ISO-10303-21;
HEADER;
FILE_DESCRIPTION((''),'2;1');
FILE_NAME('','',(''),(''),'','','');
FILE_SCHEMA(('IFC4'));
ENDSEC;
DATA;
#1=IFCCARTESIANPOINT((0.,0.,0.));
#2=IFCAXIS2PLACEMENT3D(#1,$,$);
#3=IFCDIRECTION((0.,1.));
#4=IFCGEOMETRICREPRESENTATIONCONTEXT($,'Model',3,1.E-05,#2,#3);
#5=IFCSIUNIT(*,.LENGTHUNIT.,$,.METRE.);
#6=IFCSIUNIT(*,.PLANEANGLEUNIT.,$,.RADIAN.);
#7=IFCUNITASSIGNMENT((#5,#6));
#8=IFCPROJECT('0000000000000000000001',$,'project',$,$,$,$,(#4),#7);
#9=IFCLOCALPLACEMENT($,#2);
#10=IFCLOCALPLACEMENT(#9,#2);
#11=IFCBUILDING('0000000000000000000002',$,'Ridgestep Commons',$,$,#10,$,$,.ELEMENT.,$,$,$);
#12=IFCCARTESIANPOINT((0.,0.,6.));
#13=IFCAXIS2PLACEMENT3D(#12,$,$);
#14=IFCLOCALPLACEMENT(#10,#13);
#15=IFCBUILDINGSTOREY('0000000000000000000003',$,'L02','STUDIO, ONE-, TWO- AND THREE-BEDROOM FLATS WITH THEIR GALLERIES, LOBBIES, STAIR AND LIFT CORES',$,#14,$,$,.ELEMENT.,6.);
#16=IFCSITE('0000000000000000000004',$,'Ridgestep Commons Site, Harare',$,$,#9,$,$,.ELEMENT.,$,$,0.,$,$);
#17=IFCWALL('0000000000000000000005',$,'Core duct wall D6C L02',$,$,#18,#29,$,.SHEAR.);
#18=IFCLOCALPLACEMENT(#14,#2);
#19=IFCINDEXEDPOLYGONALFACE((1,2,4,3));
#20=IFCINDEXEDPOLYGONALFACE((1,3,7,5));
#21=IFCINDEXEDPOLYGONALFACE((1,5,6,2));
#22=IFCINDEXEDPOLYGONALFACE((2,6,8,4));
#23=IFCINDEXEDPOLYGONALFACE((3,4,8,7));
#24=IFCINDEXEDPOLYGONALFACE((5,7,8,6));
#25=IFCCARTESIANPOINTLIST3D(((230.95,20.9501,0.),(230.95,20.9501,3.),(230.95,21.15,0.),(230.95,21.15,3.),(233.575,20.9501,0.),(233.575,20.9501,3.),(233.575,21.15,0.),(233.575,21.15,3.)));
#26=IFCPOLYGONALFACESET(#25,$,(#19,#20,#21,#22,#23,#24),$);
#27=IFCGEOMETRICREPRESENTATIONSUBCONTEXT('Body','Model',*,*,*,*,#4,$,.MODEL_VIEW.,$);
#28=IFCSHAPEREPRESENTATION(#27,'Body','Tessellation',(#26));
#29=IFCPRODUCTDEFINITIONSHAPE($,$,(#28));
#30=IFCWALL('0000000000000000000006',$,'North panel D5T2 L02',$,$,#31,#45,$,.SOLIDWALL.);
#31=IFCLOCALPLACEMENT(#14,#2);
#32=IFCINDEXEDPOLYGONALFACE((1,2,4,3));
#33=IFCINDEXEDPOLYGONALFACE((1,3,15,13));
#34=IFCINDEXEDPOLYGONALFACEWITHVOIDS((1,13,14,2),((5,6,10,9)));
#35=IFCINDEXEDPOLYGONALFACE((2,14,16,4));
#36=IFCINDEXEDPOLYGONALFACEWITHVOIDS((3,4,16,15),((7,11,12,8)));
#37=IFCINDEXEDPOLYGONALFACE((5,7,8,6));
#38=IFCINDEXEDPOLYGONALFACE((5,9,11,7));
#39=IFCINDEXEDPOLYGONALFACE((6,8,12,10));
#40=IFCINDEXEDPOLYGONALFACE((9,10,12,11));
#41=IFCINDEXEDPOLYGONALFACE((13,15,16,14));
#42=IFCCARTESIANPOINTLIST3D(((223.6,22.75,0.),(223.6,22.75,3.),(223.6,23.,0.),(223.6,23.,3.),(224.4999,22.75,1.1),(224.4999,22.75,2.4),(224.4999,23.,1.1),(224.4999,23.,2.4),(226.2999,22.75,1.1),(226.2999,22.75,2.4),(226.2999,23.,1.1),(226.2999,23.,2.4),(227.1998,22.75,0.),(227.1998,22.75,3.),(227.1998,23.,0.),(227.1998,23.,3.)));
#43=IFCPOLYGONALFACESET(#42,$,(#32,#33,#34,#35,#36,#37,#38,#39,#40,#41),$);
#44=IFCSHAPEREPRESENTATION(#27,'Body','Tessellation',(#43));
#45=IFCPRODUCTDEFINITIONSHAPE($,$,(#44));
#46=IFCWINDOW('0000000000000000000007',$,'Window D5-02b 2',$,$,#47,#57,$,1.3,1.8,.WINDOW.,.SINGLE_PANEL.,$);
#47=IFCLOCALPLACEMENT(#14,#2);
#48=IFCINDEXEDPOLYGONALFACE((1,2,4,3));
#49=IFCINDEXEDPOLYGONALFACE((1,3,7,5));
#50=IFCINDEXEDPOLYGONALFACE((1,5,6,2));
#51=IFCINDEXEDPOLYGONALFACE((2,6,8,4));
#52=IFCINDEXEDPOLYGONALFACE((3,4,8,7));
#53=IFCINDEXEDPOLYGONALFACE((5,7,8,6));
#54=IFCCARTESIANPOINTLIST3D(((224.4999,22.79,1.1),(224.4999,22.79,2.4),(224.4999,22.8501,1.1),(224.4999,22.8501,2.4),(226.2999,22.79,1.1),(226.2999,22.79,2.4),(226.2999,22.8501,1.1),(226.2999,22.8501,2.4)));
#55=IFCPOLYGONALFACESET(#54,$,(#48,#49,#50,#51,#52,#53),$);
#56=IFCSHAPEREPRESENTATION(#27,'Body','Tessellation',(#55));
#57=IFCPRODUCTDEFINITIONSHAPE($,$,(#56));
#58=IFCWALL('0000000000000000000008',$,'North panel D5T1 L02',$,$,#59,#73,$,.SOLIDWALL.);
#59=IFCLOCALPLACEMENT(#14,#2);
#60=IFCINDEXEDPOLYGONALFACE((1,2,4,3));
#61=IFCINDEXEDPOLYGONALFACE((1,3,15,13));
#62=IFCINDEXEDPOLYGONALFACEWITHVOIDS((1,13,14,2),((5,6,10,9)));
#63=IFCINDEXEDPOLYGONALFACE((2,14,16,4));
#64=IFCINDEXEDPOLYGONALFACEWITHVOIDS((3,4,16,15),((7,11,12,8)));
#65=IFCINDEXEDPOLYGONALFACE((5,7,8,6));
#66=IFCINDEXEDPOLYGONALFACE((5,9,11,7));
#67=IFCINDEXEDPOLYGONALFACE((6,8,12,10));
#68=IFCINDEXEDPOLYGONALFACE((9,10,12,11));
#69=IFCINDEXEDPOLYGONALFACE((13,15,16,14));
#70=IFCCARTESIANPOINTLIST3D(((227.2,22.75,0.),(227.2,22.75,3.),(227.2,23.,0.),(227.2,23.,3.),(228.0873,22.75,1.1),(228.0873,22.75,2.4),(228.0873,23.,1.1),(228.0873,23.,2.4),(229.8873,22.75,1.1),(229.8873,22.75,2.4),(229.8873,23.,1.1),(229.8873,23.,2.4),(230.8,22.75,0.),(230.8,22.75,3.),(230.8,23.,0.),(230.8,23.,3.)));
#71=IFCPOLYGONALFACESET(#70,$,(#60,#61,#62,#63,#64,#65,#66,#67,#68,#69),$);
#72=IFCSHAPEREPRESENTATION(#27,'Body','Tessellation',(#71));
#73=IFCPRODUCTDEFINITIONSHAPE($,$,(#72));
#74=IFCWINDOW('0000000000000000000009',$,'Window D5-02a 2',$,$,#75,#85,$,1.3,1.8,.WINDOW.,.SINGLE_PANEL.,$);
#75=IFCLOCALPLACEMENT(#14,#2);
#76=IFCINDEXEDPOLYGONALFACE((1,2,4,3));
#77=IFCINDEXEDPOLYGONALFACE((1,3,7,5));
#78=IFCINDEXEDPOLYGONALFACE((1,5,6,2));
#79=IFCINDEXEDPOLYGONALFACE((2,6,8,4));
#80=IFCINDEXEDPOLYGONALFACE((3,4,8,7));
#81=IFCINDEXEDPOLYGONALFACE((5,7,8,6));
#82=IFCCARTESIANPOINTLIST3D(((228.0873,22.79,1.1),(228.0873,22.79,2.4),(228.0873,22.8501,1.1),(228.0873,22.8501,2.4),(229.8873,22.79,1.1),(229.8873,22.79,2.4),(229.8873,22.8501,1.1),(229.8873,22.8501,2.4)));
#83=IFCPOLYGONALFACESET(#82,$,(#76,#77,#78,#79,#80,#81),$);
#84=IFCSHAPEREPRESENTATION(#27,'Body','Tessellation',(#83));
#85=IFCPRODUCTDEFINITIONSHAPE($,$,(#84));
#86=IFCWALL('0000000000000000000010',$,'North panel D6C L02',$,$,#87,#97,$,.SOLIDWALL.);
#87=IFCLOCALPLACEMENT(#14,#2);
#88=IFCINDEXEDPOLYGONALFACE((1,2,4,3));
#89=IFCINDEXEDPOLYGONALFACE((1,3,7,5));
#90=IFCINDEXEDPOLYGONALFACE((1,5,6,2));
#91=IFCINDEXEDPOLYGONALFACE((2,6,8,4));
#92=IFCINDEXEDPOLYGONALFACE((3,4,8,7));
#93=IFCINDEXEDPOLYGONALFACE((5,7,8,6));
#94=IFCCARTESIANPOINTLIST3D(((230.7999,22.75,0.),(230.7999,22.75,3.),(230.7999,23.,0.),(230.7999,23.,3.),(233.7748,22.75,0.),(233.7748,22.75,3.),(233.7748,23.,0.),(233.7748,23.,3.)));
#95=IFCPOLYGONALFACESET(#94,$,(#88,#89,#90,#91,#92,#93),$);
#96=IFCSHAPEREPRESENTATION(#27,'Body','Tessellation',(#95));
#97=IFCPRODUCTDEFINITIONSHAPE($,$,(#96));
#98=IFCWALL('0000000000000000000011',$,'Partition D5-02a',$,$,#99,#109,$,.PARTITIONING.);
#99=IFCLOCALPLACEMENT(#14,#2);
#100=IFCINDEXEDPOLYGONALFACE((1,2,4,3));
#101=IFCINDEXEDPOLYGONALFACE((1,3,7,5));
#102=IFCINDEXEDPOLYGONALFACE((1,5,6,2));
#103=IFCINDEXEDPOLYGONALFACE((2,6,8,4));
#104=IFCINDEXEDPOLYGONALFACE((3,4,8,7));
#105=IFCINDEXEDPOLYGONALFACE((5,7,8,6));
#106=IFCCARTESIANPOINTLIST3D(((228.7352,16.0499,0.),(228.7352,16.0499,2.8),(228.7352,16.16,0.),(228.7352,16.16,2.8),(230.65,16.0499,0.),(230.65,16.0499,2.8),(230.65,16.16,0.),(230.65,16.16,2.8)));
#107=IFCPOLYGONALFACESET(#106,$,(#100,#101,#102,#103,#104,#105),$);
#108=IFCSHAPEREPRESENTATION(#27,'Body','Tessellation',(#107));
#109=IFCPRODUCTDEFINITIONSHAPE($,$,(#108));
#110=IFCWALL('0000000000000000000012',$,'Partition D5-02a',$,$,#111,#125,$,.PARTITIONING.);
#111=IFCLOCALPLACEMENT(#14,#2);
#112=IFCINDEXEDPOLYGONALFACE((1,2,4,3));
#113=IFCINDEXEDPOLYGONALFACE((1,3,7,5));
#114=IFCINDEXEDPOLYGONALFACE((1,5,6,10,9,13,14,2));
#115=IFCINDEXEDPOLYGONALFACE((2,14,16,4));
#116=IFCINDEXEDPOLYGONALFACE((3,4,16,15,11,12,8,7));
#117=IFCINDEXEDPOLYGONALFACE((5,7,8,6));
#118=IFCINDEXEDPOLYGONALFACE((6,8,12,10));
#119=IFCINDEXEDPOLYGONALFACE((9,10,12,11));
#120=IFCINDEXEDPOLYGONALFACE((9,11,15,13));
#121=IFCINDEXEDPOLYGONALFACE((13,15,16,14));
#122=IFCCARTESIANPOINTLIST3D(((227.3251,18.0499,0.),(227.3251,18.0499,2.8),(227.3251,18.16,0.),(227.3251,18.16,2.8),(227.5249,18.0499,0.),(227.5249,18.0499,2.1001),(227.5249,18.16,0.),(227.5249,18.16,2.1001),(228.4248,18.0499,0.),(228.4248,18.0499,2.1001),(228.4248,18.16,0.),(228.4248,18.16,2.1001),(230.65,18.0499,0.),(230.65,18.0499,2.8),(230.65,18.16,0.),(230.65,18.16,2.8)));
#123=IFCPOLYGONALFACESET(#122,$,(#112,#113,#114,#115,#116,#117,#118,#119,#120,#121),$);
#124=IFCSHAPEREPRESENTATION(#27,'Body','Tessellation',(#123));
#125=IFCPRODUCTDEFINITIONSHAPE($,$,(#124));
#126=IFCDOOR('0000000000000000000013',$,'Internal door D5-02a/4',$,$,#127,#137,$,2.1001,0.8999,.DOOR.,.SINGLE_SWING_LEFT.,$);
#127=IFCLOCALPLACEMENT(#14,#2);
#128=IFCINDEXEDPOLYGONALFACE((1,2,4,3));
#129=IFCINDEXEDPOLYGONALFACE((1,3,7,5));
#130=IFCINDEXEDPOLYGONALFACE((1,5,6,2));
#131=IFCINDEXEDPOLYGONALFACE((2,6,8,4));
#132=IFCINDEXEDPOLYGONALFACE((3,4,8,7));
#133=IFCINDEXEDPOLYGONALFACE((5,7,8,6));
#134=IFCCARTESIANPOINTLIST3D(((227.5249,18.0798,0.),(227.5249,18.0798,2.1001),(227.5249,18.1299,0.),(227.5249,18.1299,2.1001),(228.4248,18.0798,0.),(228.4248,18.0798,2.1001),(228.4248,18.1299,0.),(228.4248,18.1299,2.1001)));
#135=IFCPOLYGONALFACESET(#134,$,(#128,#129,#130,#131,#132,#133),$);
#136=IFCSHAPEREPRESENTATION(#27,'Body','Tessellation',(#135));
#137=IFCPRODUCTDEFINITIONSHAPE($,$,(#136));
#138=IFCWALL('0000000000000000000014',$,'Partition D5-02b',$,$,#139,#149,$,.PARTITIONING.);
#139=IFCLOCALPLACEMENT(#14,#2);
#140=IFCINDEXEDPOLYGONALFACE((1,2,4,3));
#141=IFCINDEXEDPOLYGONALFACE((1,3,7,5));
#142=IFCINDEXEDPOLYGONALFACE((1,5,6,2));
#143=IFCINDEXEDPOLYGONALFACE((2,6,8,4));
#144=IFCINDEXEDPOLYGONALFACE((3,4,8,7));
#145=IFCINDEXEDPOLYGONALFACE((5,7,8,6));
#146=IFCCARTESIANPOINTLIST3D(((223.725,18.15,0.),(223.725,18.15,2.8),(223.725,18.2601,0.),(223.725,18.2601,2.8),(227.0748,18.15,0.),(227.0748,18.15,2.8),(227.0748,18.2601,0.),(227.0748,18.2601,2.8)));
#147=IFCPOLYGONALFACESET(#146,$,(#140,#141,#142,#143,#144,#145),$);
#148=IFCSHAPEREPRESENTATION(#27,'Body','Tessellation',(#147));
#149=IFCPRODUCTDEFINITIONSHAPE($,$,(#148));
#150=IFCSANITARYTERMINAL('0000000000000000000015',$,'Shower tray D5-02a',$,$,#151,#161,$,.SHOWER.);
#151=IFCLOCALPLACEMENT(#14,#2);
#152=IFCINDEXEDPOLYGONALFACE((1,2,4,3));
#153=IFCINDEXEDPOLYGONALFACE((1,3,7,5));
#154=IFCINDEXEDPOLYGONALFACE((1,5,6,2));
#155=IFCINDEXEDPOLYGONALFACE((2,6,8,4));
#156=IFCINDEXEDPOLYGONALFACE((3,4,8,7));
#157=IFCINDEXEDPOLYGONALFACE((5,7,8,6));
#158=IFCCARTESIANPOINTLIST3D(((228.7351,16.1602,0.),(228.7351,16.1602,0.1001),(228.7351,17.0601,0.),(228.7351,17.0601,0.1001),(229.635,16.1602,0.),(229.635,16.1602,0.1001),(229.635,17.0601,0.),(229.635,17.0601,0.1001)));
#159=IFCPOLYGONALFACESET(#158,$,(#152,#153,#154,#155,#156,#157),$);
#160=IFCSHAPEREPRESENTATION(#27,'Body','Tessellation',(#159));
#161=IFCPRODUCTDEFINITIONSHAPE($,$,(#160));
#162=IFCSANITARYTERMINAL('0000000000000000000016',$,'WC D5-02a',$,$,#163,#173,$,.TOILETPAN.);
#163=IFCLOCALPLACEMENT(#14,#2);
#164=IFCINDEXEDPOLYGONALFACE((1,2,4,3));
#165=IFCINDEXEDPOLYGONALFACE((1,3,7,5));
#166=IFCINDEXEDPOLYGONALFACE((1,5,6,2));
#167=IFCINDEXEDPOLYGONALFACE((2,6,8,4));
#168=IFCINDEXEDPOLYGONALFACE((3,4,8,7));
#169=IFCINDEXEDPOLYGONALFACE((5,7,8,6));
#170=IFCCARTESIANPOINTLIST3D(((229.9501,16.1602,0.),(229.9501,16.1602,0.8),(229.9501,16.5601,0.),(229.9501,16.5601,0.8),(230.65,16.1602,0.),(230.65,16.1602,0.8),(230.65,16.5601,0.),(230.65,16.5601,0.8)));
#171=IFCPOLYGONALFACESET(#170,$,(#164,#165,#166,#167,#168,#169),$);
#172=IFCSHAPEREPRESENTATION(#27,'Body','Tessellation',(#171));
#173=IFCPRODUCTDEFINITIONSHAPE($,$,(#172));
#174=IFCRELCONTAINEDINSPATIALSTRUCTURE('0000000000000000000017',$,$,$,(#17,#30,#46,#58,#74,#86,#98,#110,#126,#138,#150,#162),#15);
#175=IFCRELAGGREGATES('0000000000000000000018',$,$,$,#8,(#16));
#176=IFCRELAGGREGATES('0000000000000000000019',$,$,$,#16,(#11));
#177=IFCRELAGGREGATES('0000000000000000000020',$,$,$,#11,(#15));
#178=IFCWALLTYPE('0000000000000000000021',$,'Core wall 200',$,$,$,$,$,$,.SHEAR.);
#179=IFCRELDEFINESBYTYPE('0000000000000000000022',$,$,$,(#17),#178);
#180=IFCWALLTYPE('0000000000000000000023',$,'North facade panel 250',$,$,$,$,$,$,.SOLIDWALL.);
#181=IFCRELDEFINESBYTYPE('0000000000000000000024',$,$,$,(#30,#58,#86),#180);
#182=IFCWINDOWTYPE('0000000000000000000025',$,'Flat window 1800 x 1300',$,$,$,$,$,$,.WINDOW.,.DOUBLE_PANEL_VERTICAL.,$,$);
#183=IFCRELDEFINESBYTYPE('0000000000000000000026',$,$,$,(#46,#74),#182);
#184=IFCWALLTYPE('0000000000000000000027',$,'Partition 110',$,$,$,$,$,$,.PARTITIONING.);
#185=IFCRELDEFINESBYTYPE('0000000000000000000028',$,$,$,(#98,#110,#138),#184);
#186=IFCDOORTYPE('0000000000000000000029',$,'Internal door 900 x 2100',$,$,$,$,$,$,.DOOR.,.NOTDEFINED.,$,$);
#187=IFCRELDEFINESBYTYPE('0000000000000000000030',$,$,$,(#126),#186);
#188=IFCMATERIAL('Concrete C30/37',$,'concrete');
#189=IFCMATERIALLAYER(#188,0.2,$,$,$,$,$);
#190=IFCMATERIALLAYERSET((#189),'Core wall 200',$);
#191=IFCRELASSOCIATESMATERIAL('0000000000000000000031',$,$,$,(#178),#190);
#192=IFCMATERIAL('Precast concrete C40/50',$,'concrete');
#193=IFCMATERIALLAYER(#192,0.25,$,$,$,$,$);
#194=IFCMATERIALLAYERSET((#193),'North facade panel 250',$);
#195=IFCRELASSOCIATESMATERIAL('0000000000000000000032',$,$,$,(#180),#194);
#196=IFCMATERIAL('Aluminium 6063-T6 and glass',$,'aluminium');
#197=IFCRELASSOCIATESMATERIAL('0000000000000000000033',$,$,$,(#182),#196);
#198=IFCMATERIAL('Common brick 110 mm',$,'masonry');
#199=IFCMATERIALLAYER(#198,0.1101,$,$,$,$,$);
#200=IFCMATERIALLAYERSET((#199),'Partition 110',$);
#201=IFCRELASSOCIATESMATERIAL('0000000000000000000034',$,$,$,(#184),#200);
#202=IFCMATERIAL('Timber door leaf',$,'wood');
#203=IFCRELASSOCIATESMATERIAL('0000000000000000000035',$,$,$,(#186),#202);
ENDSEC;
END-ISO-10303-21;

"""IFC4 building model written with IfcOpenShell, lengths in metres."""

from ifc_helpers import new_model, si_unit, direction, frame, frame_2d, origin, origin_2d, place, context, subcontext, project, spatial, rectangle, extrude, material, layer, layer_set, type_object, element, fill, save


model = new_model("IFC4")

# Units and contexts
model_context = context("Model", 3, precision=1e-05, world=origin(), true_north=direction((0.0, 1.0)))
body_context = subcontext(model_context, "Body", "Model", "MODEL_VIEW")
ifc_project = project(units=[si_unit("LENGTHUNIT", "METRE"), si_unit("PLANEANGLEUNIT", "RADIAN")], contexts=[model_context])

# Site, building, storey
site_placement = place(None, origin())
site = spatial("IfcSite", under=ifc_project, at=site_placement, Name="Ridgestep Commons Site, Harare", CompositionType="ELEMENT", RefElevation=0.0)
building_placement = place(site_placement, origin())
building = spatial("IfcBuilding", under=site, at=building_placement, Name="Ridgestep Commons", CompositionType="ELEMENT")
storey_placement = place(building_placement, frame((0.0, 0.0, 6.0)))
storey = spatial("IfcBuildingStorey", under=building, at=storey_placement, Name="L02", Description="STUDIO, ONE-, TWO- AND THREE-BEDROOM FLATS WITH THEIR GALLERIES, LOBBIES, STAIR AND LIFT CORES", CompositionType="ELEMENT", Elevation=6.0)

# Shared definitions
ifc_material_1 = material(Name="Concrete C30/37", Category="concrete")
ifc_layer_1 = layer(ifc_material_1, 0.2)
ifc_layer_set_1 = layer_set([ifc_layer_1], Name="Core wall 200")
wall_type_1 = type_object("IfcWallType", Name="Core wall 200", PredefinedType="SHEAR", material=ifc_layer_set_1)

# Wall
wall_1_placement = place(storey_placement, frame((230.95, 21.05, 0.0), z_axis=(0.0, 0.0, 1.0), x_axis=(1.0, 0.0, 0.0)))
element("IfcWall", 1, at=wall_1_placement, inside=storey, type_object=wall_type_1, Name="Core duct wall D6C L02", PredefinedType="SHEAR", context=body_context, shape_type="SweptSolid", body=[
    extrude(rectangle(XDim=2.625, YDim=0.2, at=frame_2d((1.3125, 0.0))), origin(), (0.0, 0.0, 1.0), 3.0),
])

# Walls, openings, windows
ifc_material_2 = material(Name="Precast concrete C40/50", Category="concrete")
ifc_layer_2 = layer(ifc_material_2, 0.25)
ifc_layer_set_2 = layer_set([ifc_layer_2], Name="North facade panel 250")
wall_type_2 = type_object("IfcWallType", Name="North facade panel 250", PredefinedType="SOLIDWALL", material=ifc_layer_set_2)
wall_2_placement = place(storey_placement, frame((223.6001, 22.875, 0.0), z_axis=(0.0, 0.0, 1.0), x_axis=(1.0, 0.0, 0.0)))
wall_2 = element("IfcWall", 2, at=wall_2_placement, inside=storey, type_object=wall_type_2, Name="North panel D5T2 L02", PredefinedType="SOLIDWALL", context=body_context, shape_type="SweptSolid", body=[
    extrude(rectangle(XDim=3.5999, YDim=0.25, at=frame_2d((1.7998, 0.0))), origin(), (0.0, 0.0, 1.0), 3.0),
])
opening_1_placement = place(wall_2_placement, frame((0.8999, 0.0, 1.1001)))
opening_1 = element("IfcOpeningElement", 3, at=opening_1_placement, cuts=wall_2, PredefinedType="OPENING", context=body_context, shape_type="SweptSolid", body=[
    extrude(rectangle(XDim=1.8, YDim=1.3, at=frame_2d((0.8999, 0.6499))), frame((0.0, 0.135, 0.0), z_axis=(0.0, -1.0, 0.0), x_axis=(1.0, 0.0, 0.0)), (0.0, 0.0, 1.0), 0.27),
])
ifc_material_3 = material(Name="Aluminium 6063-T6 and glass", Category="aluminium")
window_type = type_object("IfcWindowType", Name="Flat window 1800 x 1300", PartitioningType="DOUBLE_PANEL_VERTICAL", PredefinedType="WINDOW", material=ifc_material_3)
window_1_placement = place(opening_1_placement, origin())
window_1 = element("IfcWindow", 4, at=window_1_placement, inside=storey, type_object=window_type, Name="Window D5-02b 2", OverallHeight=1.3, OverallWidth=1.8, PartitioningType="SINGLE_PANEL", PredefinedType="WINDOW", context=body_context, shape_type="SweptSolid", body=[
    extrude(rectangle(XDim=1.8, YDim=1.3, at=frame_2d((0.8999, 0.6499))), frame((0.0, -0.0249, 0.0), z_axis=(0.0, -1.0, 0.0), x_axis=(1.0, 0.0, 0.0)), (0.0, 0.0, 1.0), 0.0601),
])
fill(opening_1, window_1)
wall_3_placement = place(storey_placement, frame((227.2, 22.875, 0.0), z_axis=(0.0, 0.0, 1.0), x_axis=(1.0, 0.0, 0.0)))
wall_3 = element("IfcWall", 5, at=wall_3_placement, inside=storey, type_object=wall_type_2, Name="North panel D5T1 L02", PredefinedType="SOLIDWALL", context=body_context, shape_type="SweptSolid", body=[
    extrude(rectangle(XDim=3.6001, YDim=0.25, at=frame_2d((1.8, 0.0))), origin(), (0.0, 0.0, 1.0), 3.0),
])
opening_2_placement = place(wall_3_placement, frame((0.8875, 0.0, 1.1001)))
opening_2 = element("IfcOpeningElement", 6, at=opening_2_placement, cuts=wall_3, PredefinedType="OPENING", context=body_context, shape_type="SweptSolid", body=[
    extrude(rectangle(XDim=1.8, YDim=1.3, at=frame_2d((0.8999, 0.6499))), frame((0.0, 0.135, 0.0), z_axis=(0.0, -1.0, 0.0), x_axis=(1.0, 0.0, 0.0)), (0.0, 0.0, 1.0), 0.27),
])
window_2_placement = place(opening_2_placement, origin())
window_2 = element("IfcWindow", 7, at=window_2_placement, inside=storey, type_object=window_type, Name="Window D5-02a 2", OverallHeight=1.3, OverallWidth=1.8, PartitioningType="SINGLE_PANEL", PredefinedType="WINDOW", context=body_context, shape_type="SweptSolid", body=[
    extrude(rectangle(XDim=1.8, YDim=1.3, at=frame_2d((0.8999, 0.6499))), frame((0.0, -0.0249, 0.0), z_axis=(0.0, -1.0, 0.0), x_axis=(1.0, 0.0, 0.0)), (0.0, 0.0, 1.0), 0.0601),
])
fill(opening_2, window_2)

# Walls
wall_4_placement = place(storey_placement, frame((230.8, 22.875, 0.0), z_axis=(0.0, 0.0, 1.0), x_axis=(1.0, 0.0, 0.0)))
element("IfcWall", 8, at=wall_4_placement, inside=storey, type_object=wall_type_2, Name="North panel D6C L02", PredefinedType="SOLIDWALL", context=body_context, shape_type="SweptSolid", body=[
    extrude(rectangle(XDim=2.9749, YDim=0.25, at=frame_2d((1.4873, 0.0))), origin(), (0.0, 0.0, 1.0), 3.0),
])
ifc_material_4 = material(Name="Common brick 110 mm", Category="masonry")
ifc_layer_3 = layer(ifc_material_4, 0.1101)
ifc_layer_set_3 = layer_set([ifc_layer_3], Name="Partition 110")
wall_type_3 = type_object("IfcWallType", Name="Partition 110", PredefinedType="PARTITIONING", material=ifc_layer_set_3)
wall_5_placement = place(storey_placement, frame((228.7351, 16.105, 0.0), z_axis=(0.0, 0.0, 1.0), x_axis=(1.0, 0.0, 0.0)))
element("IfcWall", 9, at=wall_5_placement, inside=storey, type_object=wall_type_3, Name="Partition D5-02a", PredefinedType="PARTITIONING", context=body_context, shape_type="SweptSolid", body=[
    extrude(rectangle(XDim=1.9148, YDim=0.1101, at=frame_2d((0.9575, 0.0))), origin(), (0.0, 0.0, 1.0), 2.8),
])

# Wall, opening, door
wall_6_placement = place(storey_placement, frame((227.325, 18.105, 0.0), z_axis=(0.0, 0.0, 1.0), x_axis=(1.0, 0.0, 0.0)))
wall_6 = element("IfcWall", 10, at=wall_6_placement, inside=storey, type_object=wall_type_3, Name="Partition D5-02a", PredefinedType="PARTITIONING", context=body_context, shape_type="SweptSolid", body=[
    extrude(rectangle(XDim=3.325, YDim=0.1101, at=frame_2d((1.6626, 0.0))), origin(), (0.0, 0.0, 1.0), 2.8),
])
opening_3_placement = place(wall_6_placement, frame((0.2, 0.0, 0.0)))
opening_3 = element("IfcOpeningElement", 11, at=opening_3_placement, cuts=wall_6, PredefinedType="OPENING", context=body_context, shape_type="SweptSolid", body=[
    extrude(rectangle(XDim=0.8999, YDim=2.1001, at=frame_2d((0.45, 1.05))), frame((0.0, 0.0649, 0.0), z_axis=(0.0, -1.0, 0.0), x_axis=(1.0, 0.0, 0.0)), (0.0, 0.0, 1.0), 0.1301),
])
ifc_material_5 = material(Name="Timber door leaf", Category="wood")
door_type_1 = type_object("IfcDoorType", Name="Internal door 900 x 2100", OperationType="NOTDEFINED", PredefinedType="DOOR", material=ifc_material_5)
door_1_placement = place(opening_3_placement, origin())
door_1 = element("IfcDoor", 12, at=door_1_placement, inside=storey, type_object=door_type_1, Name="Internal door D5-02a/4", OperationType="SINGLE_SWING_LEFT", OverallHeight=2.1001, OverallWidth=0.8999, PredefinedType="DOOR", context=body_context, shape_type="SweptSolid", body=[
    extrude(rectangle(XDim=0.8999, YDim=2.1001, at=frame_2d((0.45, 1.05))), frame((0.0, 0.0249, 0.0), z_axis=(0.0, -1.0, 0.0), x_axis=(1.0, 0.0, 0.0)), (0.0, 0.0, 1.0), 0.05),
])
fill(opening_3, door_1)

# Wall
wall_7_placement = place(storey_placement, frame((223.7251, 18.2051, 0.0), z_axis=(0.0, 0.0, 1.0), x_axis=(1.0, 0.0, 0.0)))
element("IfcWall", 13, at=wall_7_placement, inside=storey, type_object=wall_type_3, Name="Partition D5-02b", PredefinedType="PARTITIONING", context=body_context, shape_type="SweptSolid", body=[
    extrude(rectangle(XDim=3.3499, YDim=0.1101, at=frame_2d((1.6748, 0.0))), origin(), (0.0, 0.0, 1.0), 2.8),
])

# Sanitary terminals
sanitary_terminal_1_placement = place(storey_placement, frame((229.1851, 16.6101, 0.0), z_axis=(0.0, 0.0, 1.0), x_axis=(1.0, 0.0, 0.0)))
element("IfcSanitaryTerminal", 14, at=sanitary_terminal_1_placement, inside=storey, Name="Shower tray D5-02a", PredefinedType="SHOWER", context=body_context, shape_type="SweptSolid", body=[
    extrude(rectangle(XDim=0.8999, YDim=0.8999, at=origin_2d()), origin(), (0.0, 0.0, 1.0), 0.1001),
])
sanitary_terminal_2_placement = place(storey_placement, frame((230.3, 16.3601, 0.0), z_axis=(0.0, 0.0, 1.0), x_axis=(1.0, 0.0, 0.0)))
element("IfcSanitaryTerminal", 15, at=sanitary_terminal_2_placement, inside=storey, Name="WC D5-02a", PredefinedType="TOILETPAN", context=body_context, shape_type="SweptSolid", body=[
    extrude(rectangle(XDim=0.7, YDim=0.3999, at=origin_2d()), origin(), (0.0, 0.0, 1.0), 0.8),
])

save(model, "model.ifc")
